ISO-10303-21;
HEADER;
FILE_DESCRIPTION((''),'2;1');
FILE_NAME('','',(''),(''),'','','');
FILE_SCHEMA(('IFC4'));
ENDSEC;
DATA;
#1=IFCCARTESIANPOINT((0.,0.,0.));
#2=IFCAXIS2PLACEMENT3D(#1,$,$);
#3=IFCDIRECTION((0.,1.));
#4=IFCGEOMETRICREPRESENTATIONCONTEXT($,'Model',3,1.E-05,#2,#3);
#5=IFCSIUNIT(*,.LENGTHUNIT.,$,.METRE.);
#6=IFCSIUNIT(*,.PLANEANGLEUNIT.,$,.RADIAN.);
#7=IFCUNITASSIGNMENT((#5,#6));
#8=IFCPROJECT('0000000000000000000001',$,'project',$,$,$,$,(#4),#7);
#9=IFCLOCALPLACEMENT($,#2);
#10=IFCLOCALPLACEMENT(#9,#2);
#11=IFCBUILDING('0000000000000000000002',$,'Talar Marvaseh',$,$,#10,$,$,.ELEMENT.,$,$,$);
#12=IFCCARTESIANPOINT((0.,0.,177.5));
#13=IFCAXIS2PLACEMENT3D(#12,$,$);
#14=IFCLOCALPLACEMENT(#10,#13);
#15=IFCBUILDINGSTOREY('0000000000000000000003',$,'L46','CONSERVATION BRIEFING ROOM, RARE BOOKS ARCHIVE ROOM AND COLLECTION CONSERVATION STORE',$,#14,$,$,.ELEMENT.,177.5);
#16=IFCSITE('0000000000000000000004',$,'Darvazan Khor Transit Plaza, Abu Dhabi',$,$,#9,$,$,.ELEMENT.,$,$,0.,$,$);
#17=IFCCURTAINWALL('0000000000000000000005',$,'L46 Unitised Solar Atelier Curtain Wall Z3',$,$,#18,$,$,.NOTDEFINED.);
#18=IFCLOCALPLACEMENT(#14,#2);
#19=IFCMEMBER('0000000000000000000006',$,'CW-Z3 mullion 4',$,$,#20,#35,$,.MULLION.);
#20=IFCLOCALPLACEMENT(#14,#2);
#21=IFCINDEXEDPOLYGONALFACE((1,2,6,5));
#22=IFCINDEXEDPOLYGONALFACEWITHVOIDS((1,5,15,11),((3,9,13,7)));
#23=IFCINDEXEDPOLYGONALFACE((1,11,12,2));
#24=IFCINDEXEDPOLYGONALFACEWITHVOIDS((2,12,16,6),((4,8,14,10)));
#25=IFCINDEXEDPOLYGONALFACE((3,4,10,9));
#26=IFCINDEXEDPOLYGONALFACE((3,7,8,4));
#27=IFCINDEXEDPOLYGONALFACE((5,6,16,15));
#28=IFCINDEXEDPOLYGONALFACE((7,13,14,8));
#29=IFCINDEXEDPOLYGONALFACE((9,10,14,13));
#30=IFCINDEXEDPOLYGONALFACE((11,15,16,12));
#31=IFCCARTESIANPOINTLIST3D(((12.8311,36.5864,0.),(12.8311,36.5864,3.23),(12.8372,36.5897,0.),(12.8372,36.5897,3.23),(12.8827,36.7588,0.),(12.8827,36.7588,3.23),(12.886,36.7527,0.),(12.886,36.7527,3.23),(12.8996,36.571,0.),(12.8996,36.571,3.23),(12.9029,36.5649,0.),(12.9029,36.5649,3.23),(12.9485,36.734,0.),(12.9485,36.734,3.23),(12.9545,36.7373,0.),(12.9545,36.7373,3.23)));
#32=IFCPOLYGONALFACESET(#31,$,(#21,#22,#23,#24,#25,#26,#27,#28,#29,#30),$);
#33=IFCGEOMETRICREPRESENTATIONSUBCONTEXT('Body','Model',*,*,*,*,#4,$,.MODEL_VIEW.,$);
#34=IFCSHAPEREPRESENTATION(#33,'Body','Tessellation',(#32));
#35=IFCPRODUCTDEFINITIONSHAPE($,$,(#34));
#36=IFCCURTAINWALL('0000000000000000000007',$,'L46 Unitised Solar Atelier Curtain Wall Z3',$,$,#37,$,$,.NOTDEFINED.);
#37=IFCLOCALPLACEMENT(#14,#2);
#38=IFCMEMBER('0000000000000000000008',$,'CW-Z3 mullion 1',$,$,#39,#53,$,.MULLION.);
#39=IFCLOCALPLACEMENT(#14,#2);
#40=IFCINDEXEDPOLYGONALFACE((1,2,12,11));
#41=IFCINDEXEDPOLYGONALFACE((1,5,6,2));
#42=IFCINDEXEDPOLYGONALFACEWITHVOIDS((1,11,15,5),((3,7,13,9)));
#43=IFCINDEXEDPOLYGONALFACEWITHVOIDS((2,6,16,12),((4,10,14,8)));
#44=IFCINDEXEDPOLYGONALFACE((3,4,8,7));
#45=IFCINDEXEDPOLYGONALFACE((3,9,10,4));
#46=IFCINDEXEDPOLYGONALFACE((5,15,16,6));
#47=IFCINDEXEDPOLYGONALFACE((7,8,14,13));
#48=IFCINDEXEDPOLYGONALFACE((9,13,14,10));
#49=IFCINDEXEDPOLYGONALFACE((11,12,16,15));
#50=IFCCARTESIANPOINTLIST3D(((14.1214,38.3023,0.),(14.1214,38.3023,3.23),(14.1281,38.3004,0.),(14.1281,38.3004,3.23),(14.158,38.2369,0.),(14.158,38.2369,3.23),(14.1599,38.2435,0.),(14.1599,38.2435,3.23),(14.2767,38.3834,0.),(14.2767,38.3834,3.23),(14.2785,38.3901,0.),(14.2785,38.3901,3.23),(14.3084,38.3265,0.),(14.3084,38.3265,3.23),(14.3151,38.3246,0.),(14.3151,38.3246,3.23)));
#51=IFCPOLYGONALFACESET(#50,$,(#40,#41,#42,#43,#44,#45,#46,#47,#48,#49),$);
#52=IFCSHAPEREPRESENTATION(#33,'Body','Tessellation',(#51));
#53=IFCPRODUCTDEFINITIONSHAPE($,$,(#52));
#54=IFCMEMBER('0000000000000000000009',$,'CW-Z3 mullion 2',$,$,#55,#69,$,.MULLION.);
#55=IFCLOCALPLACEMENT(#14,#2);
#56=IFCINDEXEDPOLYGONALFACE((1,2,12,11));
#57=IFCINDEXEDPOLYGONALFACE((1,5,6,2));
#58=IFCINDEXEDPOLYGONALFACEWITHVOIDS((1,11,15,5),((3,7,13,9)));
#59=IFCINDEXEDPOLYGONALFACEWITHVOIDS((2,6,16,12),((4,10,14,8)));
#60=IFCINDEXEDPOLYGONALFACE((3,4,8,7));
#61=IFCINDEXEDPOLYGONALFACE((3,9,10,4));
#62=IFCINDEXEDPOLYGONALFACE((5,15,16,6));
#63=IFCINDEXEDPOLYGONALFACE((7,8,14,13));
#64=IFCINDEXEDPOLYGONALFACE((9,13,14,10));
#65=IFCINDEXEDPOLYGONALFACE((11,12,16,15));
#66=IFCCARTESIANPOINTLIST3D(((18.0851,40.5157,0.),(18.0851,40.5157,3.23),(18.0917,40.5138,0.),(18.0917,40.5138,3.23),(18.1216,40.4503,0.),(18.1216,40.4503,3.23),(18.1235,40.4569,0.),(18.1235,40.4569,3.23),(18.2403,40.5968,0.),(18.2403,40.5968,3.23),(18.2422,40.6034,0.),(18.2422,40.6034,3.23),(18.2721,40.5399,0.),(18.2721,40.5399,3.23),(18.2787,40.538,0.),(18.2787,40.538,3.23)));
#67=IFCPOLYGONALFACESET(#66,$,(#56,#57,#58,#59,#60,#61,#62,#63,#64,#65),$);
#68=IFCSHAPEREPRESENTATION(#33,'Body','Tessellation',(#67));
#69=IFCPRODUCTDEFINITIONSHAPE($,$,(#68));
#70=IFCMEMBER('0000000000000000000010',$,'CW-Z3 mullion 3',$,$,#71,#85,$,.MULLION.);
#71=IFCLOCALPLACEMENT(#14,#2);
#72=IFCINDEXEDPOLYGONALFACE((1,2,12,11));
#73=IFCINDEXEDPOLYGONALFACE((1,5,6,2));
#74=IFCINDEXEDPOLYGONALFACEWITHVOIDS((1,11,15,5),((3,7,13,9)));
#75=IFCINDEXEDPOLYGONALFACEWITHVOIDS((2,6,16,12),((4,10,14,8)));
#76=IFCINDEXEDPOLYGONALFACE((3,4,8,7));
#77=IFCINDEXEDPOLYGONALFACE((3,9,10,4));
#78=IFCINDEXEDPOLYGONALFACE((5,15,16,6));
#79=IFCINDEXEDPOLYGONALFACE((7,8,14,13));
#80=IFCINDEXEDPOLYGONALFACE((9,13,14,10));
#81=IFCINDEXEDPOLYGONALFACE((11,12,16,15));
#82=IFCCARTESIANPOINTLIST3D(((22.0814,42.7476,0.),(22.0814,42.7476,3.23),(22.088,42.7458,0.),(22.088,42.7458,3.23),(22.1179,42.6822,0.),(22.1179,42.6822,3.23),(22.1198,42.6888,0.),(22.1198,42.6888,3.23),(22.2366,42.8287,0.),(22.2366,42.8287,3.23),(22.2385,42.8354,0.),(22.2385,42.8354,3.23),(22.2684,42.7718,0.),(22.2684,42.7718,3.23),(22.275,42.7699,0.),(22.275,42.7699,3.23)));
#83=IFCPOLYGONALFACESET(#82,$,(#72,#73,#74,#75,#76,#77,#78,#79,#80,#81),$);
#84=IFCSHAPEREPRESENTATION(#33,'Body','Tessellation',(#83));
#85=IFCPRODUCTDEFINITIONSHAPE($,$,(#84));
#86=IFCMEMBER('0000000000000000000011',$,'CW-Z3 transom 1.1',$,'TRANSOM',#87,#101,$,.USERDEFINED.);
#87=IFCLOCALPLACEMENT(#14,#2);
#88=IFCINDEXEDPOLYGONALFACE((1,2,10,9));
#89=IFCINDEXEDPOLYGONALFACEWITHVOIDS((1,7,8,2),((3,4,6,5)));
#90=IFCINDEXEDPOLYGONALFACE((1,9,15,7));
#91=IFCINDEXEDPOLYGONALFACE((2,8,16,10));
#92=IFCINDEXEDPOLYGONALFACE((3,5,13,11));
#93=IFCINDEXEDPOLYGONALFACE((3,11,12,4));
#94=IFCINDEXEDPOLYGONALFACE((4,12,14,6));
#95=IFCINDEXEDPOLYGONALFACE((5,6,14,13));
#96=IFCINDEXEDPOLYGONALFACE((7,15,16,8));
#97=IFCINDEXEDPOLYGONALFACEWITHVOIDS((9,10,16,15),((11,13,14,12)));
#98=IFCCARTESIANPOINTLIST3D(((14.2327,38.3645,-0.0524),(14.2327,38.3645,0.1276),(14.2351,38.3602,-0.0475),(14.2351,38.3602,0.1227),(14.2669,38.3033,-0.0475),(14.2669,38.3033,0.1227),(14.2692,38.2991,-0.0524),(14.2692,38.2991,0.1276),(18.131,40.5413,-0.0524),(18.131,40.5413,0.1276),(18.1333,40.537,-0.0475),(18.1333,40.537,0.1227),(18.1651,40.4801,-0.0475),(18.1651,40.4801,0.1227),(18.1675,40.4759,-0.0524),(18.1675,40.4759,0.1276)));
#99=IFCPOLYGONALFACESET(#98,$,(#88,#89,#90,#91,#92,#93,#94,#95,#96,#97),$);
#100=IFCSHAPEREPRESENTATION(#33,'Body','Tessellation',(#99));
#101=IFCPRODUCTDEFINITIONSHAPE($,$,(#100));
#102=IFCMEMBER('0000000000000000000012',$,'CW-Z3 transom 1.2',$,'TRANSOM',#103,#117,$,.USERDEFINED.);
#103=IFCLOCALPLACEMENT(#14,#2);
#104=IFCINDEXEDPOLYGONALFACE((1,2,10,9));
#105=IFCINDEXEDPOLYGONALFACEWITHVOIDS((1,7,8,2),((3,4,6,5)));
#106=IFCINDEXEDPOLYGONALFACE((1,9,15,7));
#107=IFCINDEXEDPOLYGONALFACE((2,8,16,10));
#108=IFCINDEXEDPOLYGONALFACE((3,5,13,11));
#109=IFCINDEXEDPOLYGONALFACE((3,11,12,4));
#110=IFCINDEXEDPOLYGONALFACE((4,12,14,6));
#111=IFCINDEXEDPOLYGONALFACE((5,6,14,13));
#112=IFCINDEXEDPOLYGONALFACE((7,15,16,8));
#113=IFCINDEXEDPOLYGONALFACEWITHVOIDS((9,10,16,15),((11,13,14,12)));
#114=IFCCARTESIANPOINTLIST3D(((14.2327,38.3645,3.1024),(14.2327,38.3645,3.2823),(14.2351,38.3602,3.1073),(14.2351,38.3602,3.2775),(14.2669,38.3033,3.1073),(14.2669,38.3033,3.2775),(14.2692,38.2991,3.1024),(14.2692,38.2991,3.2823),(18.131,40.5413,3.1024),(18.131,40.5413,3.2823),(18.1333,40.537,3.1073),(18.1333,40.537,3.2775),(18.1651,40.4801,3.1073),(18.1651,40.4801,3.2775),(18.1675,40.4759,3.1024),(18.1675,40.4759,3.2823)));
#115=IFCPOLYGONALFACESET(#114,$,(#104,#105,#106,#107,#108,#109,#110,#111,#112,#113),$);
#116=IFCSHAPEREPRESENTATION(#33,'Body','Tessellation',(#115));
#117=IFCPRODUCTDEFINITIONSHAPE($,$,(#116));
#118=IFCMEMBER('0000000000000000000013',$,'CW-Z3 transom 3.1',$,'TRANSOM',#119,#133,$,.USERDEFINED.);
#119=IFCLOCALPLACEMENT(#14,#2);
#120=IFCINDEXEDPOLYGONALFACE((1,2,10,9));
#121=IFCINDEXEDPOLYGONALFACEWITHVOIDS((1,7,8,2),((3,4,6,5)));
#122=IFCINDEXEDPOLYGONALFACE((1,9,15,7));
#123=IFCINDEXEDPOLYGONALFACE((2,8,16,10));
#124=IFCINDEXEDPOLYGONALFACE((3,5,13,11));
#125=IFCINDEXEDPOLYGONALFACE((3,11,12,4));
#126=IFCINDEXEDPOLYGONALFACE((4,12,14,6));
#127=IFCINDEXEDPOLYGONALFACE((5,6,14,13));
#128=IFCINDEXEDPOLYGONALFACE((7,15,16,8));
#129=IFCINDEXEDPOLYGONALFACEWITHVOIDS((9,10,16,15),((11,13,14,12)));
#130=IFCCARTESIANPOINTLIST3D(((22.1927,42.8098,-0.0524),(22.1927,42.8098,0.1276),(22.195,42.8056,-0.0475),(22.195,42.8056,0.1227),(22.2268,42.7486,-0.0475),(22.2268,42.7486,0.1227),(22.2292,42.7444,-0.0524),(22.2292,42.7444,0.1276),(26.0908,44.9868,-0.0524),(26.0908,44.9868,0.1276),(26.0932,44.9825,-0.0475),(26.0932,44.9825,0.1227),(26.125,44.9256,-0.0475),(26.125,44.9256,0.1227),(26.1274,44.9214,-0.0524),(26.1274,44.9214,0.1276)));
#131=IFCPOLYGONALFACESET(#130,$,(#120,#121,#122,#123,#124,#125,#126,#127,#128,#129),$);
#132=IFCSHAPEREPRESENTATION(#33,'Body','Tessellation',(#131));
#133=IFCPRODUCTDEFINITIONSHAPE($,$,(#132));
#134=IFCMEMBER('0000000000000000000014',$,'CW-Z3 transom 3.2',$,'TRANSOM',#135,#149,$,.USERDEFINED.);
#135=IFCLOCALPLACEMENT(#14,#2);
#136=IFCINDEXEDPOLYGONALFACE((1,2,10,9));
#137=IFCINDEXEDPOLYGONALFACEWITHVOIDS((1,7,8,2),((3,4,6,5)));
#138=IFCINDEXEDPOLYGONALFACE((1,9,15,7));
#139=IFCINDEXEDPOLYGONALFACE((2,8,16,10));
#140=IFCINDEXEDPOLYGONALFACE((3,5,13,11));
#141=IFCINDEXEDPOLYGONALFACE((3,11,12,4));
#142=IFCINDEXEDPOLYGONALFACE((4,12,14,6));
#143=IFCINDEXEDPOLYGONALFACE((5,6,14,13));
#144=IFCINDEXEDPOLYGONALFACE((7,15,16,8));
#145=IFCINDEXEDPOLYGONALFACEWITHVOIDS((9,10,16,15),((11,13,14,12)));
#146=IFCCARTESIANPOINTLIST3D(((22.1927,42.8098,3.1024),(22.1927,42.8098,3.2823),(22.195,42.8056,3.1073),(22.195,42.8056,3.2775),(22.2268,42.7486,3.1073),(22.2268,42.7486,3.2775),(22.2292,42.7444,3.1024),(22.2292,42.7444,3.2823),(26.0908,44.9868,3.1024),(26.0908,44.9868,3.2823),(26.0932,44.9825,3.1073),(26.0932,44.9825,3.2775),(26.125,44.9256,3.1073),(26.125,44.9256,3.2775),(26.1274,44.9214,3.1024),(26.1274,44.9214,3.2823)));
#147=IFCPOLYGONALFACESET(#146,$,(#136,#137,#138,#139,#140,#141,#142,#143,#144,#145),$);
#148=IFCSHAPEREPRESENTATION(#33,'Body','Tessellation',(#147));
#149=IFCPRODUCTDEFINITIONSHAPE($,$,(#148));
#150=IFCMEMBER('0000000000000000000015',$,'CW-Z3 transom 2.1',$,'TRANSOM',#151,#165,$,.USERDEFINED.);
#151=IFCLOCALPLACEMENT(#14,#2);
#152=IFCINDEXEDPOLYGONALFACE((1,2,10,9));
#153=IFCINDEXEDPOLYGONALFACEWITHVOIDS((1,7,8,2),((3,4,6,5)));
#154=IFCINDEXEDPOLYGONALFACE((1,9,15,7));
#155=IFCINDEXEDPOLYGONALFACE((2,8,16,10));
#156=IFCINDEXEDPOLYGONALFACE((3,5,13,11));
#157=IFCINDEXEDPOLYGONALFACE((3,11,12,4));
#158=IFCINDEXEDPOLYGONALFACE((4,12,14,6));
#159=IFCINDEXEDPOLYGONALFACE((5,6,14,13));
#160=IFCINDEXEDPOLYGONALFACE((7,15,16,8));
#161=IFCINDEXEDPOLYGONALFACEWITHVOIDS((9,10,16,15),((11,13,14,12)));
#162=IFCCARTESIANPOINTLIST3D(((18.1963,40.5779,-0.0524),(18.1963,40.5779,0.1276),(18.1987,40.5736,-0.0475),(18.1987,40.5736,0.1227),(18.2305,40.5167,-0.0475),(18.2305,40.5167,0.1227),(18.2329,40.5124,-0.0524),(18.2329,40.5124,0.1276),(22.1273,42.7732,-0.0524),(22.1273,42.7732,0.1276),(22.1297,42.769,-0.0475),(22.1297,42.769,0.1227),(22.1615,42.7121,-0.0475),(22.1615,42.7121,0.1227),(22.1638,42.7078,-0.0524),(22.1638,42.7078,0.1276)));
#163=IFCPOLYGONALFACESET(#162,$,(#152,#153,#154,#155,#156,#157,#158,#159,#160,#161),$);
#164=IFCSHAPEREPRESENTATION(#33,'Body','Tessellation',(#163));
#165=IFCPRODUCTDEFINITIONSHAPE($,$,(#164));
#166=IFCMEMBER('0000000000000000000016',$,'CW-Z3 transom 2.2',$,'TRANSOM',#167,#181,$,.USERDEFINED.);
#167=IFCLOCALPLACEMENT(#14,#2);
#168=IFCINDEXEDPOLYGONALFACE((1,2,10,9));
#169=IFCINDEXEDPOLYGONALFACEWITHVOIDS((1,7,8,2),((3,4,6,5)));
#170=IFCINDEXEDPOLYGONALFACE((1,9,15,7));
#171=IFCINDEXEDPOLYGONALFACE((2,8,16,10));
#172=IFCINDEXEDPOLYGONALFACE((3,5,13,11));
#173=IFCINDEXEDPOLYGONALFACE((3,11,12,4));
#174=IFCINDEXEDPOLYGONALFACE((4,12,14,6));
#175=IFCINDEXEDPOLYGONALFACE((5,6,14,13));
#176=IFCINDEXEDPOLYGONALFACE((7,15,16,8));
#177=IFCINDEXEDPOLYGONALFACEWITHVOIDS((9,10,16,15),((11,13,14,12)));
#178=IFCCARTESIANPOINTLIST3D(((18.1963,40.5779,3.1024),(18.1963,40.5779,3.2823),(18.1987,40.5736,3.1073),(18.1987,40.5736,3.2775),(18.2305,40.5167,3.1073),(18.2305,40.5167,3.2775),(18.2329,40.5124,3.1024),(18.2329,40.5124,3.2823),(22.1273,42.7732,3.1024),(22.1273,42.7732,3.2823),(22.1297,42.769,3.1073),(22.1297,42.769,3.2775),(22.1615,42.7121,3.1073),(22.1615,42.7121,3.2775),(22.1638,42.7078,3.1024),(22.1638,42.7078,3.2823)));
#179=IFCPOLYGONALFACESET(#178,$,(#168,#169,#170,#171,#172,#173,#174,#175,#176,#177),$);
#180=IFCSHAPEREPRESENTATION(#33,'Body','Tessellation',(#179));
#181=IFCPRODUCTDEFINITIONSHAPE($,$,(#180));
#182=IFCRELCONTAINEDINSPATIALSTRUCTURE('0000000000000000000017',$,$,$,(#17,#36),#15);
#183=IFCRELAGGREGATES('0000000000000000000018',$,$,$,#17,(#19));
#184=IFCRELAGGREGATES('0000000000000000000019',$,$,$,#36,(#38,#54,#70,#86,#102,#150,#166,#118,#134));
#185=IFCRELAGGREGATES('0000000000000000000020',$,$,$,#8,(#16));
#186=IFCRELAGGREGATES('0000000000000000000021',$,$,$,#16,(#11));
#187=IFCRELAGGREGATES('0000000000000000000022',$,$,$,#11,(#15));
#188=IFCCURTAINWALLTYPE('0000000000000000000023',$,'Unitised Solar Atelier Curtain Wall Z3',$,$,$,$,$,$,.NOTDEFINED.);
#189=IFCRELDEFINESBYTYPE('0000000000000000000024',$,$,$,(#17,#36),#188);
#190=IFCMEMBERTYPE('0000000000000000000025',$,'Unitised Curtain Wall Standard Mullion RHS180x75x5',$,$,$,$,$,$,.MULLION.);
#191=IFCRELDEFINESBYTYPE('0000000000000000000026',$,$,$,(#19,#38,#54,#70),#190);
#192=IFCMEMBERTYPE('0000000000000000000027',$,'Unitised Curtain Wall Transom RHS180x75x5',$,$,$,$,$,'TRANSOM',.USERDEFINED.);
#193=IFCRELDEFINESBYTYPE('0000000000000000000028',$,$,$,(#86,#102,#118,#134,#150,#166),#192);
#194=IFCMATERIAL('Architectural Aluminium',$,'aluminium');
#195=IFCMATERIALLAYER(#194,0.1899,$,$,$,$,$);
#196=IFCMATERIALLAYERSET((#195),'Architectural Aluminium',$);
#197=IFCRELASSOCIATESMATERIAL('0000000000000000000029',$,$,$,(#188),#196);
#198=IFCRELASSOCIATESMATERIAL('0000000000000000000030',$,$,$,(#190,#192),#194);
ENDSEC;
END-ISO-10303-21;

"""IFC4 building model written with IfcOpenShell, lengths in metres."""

from ifc_helpers import new_model, si_unit, direction, frame, origin, origin_2d, place, context, subcontext, project, spatial, hollow_rectangle, extrude, source, transform, mapped, material, layer, layer_set, material_profile, profile_set, type_object, type_shapes, element, aggregate, save


model = new_model("IFC4")

# Units and contexts
model_context = context("Model", 3, precision=1e-05, world=origin(), true_north=direction((0.0, 1.0)))
body_context = subcontext(model_context, "Body", "Model", "MODEL_VIEW")
ifc_project = project(units=[si_unit("LENGTHUNIT", "METRE"), si_unit("PLANEANGLEUNIT", "RADIAN")], contexts=[model_context])

# Site, building, storey
site_placement = place(None, origin())
site = spatial("IfcSite", under=ifc_project, at=site_placement, Name="Darvazan Khor Transit Plaza, Abu Dhabi", CompositionType="ELEMENT", RefElevation=0.0)
building_placement = place(site_placement, origin())
building = spatial("IfcBuilding", under=site, at=building_placement, Name="Talar Marvaseh", CompositionType="ELEMENT")
storey_placement = place(building_placement, frame((0.0, 0.0, 177.5)))
storey = spatial("IfcBuildingStorey", under=building, at=storey_placement, Name="L46", Description="CONSERVATION BRIEFING ROOM, RARE BOOKS ARCHIVE ROOM AND COLLECTION CONSERVATION STORE", CompositionType="ELEMENT", Elevation=177.5)

# Curtain wall, member
ifc_material_1 = material(Name="Architectural Aluminium", Category="aluminium")
ifc_layer_1 = layer(ifc_material_1, 0.1899)
ifc_layer_set_1 = layer_set([ifc_layer_1], Name="Architectural Aluminium")
curtain_wall_type = type_object("IfcCurtainWallType", Name="Unitised Solar Atelier Curtain Wall Z3", PredefinedType="NOTDEFINED", material=ifc_layer_set_1)
curtain_wall_1_placement = place(storey_placement, origin())
curtain_wall_1 = element("IfcCurtainWall", 1, at=curtain_wall_1_placement, inside=storey, type_object=curtain_wall_type, Name="L46 Unitised Solar Atelier Curtain Wall Z3", PredefinedType="NOTDEFINED")
ifc_material_profile_1 = material_profile(ifc_material_1, hollow_rectangle(XDim=0.075, YDim=0.1799, WallThickness=0.0049, at=origin_2d()), Name="RHS180x75x5")
ifc_profile_set_1 = profile_set([ifc_material_profile_1], Name="Architectural Aluminium")
member_type_1 = type_object("IfcMemberType", Name="Unitised Curtain Wall Standard Mullion RHS180x75x5", PredefinedType="MULLION", material=ifc_profile_set_1)
shared_shape_1 = source(origin(), body_context, "Body", "SweptSolid", [
    extrude(hollow_rectangle(XDim=0.075, YDim=0.1799, WallThickness=0.0049, at=origin_2d()), origin(), (0.0, 0.0, 1.0), 3.23),
])
type_shapes(member_type_1, [shared_shape_1])
member_1_placement = place(storey_placement, frame((12.8928, 36.6619, 0.0), z_axis=(0.0, 0.0, 1.0), x_axis=(-0.957913, 0.28706, 0.0)))
member_1 = element("IfcMember", 2, at=member_1_placement, type_object=member_type_1, Name="CW-Z3 mullion 4", PredefinedType="MULLION", context=body_context, shape_type="MappedRepresentation", body=[
    mapped(shared_shape_1, transform((0.0, 0.0, 0.0), x_axis=(1.0, 0.0, 0.0), y_axis=(0.0, 1.0, 0.0), z_axis=(0.0, 0.0, 1.0), scale=1.0)),
])
aggregate(curtain_wall_1, [member_1])

# Curtain wall, members
curtain_wall_2_placement = place(storey_placement, origin())
curtain_wall_2 = element("IfcCurtainWall", 3, at=curtain_wall_2_placement, inside=storey, type_object=curtain_wall_type, Name="L46 Unitised Solar Atelier Curtain Wall Z3", PredefinedType="NOTDEFINED")
member_2_placement = place(storey_placement, frame((14.2183, 38.3135, 0.0), z_axis=(0.0, 0.0, 1.0), x_axis=(-0.487589, 0.873073, 0.0)))
member_2 = element("IfcMember", 4, at=member_2_placement, type_object=member_type_1, Name="CW-Z3 mullion 1", PredefinedType="MULLION", context=body_context, shape_type="MappedRepresentation", body=[
    mapped(shared_shape_1, transform((0.0, 0.0, 0.0), x_axis=(1.0, 0.0, 0.0), y_axis=(0.0, 1.0, 0.0), z_axis=(0.0, 0.0, 1.0), scale=1.0)),
])
member_3_placement = place(storey_placement, frame((18.1819, 40.5269, 0.0), z_axis=(0.0, 0.0, 1.0), x_axis=(-0.487589, 0.873073, 0.0)))
member_3 = element("IfcMember", 5, at=member_3_placement, type_object=member_type_1, Name="CW-Z3 mullion 2", PredefinedType="MULLION", context=body_context, shape_type="MappedRepresentation", body=[
    mapped(shared_shape_1, transform((0.0, 0.0, 0.0), x_axis=(1.0, 0.0, 0.0), y_axis=(0.0, 1.0, 0.0), z_axis=(0.0, 0.0, 1.0), scale=1.0)),
])
member_4_placement = place(storey_placement, frame((22.1782, 42.7588, 0.0), z_axis=(0.0, 0.0, 1.0), x_axis=(-0.487589, 0.873073, 0.0)))
member_4 = element("IfcMember", 6, at=member_4_placement, type_object=member_type_1, Name="CW-Z3 mullion 3", PredefinedType="MULLION", context=body_context, shape_type="MappedRepresentation", body=[
    mapped(shared_shape_1, transform((0.0, 0.0, 0.0), x_axis=(1.0, 0.0, 0.0), y_axis=(0.0, 1.0, 0.0), z_axis=(0.0, 0.0, 1.0), scale=1.0)),
])
ifc_material_profile_2 = material_profile(ifc_material_1, hollow_rectangle(XDim=0.075, YDim=0.1799, WallThickness=0.0049, at=origin_2d()), Name="RHS180x75x5")
ifc_profile_set_2 = profile_set([ifc_material_profile_2], Name="Architectural Aluminium")
member_type_2 = type_object("IfcMemberType", Name="Unitised Curtain Wall Transom RHS180x75x5", ElementType="TRANSOM", PredefinedType="USERDEFINED", material=ifc_profile_set_2)
shared_shape_2 = source(origin(), body_context, "Body", "SweptSolid", [
    extrude(hollow_rectangle(XDim=0.075, YDim=0.1799, WallThickness=0.0049, at=origin_2d()), origin(), (0.0, 0.0, 1.0), 4.4648),
])
member_5_placement = place(storey_placement, frame((14.251, 38.3318, 0.0376), z_axis=(0.8731, 0.487541, 0.0), x_axis=(-0.487541, 0.8731, 0.0)))
member_5 = element("IfcMember", 7, at=member_5_placement, type_object=member_type_2, Name="CW-Z3 transom 1.1", ObjectType="TRANSOM", PredefinedType="USERDEFINED", context=body_context, shape_type="MappedRepresentation", body=[
    mapped(shared_shape_2, transform((0.0, 0.0, 0.0), x_axis=(1.0, 0.0, 0.0), y_axis=(0.0, 1.0, 0.0), z_axis=(0.0, 0.0, 1.0), scale=1.0)),
])
member_6_placement = place(storey_placement, frame((14.251, 38.3318, 3.1924), z_axis=(0.8731, 0.487541, 0.0), x_axis=(-0.487541, 0.8731, 0.0)))
member_6 = element("IfcMember", 8, at=member_6_placement, type_object=member_type_2, Name="CW-Z3 transom 1.2", ObjectType="TRANSOM", PredefinedType="USERDEFINED", context=body_context, shape_type="MappedRepresentation", body=[
    mapped(shared_shape_2, transform((0.0, 0.0, 0.0), x_axis=(1.0, 0.0, 0.0), y_axis=(0.0, 1.0, 0.0), z_axis=(0.0, 0.0, 1.0), scale=1.0)),
])
member_7_placement = place(storey_placement, frame((22.2109, 42.7771, 0.0376), z_axis=(0.873077, 0.487582, 0.0), x_axis=(-0.487582, 0.873077, 0.0)))
member_7 = element("IfcMember", 9, at=member_7_placement, type_object=member_type_2, Name="CW-Z3 transom 3.1", ObjectType="TRANSOM", PredefinedType="USERDEFINED", context=body_context, shape_type="MappedRepresentation", body=[
    mapped(shared_shape_2, transform((0.0, 0.0, 0.0), x_axis=(1.0, 0.0, 0.0), y_axis=(0.0, 1.0, 0.0), z_axis=(0.0, 0.0, 1.0), scale=1.0)),
])
member_8_placement = place(storey_placement, frame((22.2109, 42.7771, 3.1924), z_axis=(0.873077, 0.487582, 0.0), x_axis=(-0.487582, 0.873077, 0.0)))
member_8 = element("IfcMember", 10, at=member_8_placement, type_object=member_type_2, Name="CW-Z3 transom 3.2", ObjectType="TRANSOM", PredefinedType="USERDEFINED", context=body_context, shape_type="MappedRepresentation", body=[
    mapped(shared_shape_2, transform((0.0, 0.0, 0.0), x_axis=(1.0, 0.0, 0.0), y_axis=(0.0, 1.0, 0.0), z_axis=(0.0, 0.0, 1.0), scale=1.0)),
])
shared_shape_3 = source(origin(), body_context, "Body", "SweptSolid", [
    extrude(hollow_rectangle(XDim=0.075, YDim=0.1799, WallThickness=0.0049, at=origin_2d()), origin(), (0.0, 0.0, 1.0), 4.5024),
])
type_shapes(member_type_2, [shared_shape_2, shared_shape_3])
member_9_placement = place(storey_placement, frame((18.2146, 40.5452, 0.0376), z_axis=(0.873073, 0.487589, 0.0), x_axis=(-0.487589, 0.873073, 0.0)))
member_9 = element("IfcMember", 11, at=member_9_placement, type_object=member_type_2, Name="CW-Z3 transom 2.1", ObjectType="TRANSOM", PredefinedType="USERDEFINED", context=body_context, shape_type="MappedRepresentation", body=[
    mapped(shared_shape_3, transform((0.0, 0.0, 0.0), x_axis=(1.0, 0.0, 0.0), y_axis=(0.0, 1.0, 0.0), z_axis=(0.0, 0.0, 1.0), scale=1.0)),
])
member_10_placement = place(storey_placement, frame((18.2146, 40.5452, 3.1924), z_axis=(0.873073, 0.487589, 0.0), x_axis=(-0.487589, 0.873073, 0.0)))
member_10 = element("IfcMember", 12, at=member_10_placement, type_object=member_type_2, Name="CW-Z3 transom 2.2", ObjectType="TRANSOM", PredefinedType="USERDEFINED", context=body_context, shape_type="MappedRepresentation", body=[
    mapped(shared_shape_3, transform((0.0, 0.0, 0.0), x_axis=(1.0, 0.0, 0.0), y_axis=(0.0, 1.0, 0.0), z_axis=(0.0, 0.0, 1.0), scale=1.0)),
])
aggregate(curtain_wall_2, [member_2, member_3, member_4, member_5, member_6, member_9, member_10, member_7, member_8])

save(model, "model.ifc")
